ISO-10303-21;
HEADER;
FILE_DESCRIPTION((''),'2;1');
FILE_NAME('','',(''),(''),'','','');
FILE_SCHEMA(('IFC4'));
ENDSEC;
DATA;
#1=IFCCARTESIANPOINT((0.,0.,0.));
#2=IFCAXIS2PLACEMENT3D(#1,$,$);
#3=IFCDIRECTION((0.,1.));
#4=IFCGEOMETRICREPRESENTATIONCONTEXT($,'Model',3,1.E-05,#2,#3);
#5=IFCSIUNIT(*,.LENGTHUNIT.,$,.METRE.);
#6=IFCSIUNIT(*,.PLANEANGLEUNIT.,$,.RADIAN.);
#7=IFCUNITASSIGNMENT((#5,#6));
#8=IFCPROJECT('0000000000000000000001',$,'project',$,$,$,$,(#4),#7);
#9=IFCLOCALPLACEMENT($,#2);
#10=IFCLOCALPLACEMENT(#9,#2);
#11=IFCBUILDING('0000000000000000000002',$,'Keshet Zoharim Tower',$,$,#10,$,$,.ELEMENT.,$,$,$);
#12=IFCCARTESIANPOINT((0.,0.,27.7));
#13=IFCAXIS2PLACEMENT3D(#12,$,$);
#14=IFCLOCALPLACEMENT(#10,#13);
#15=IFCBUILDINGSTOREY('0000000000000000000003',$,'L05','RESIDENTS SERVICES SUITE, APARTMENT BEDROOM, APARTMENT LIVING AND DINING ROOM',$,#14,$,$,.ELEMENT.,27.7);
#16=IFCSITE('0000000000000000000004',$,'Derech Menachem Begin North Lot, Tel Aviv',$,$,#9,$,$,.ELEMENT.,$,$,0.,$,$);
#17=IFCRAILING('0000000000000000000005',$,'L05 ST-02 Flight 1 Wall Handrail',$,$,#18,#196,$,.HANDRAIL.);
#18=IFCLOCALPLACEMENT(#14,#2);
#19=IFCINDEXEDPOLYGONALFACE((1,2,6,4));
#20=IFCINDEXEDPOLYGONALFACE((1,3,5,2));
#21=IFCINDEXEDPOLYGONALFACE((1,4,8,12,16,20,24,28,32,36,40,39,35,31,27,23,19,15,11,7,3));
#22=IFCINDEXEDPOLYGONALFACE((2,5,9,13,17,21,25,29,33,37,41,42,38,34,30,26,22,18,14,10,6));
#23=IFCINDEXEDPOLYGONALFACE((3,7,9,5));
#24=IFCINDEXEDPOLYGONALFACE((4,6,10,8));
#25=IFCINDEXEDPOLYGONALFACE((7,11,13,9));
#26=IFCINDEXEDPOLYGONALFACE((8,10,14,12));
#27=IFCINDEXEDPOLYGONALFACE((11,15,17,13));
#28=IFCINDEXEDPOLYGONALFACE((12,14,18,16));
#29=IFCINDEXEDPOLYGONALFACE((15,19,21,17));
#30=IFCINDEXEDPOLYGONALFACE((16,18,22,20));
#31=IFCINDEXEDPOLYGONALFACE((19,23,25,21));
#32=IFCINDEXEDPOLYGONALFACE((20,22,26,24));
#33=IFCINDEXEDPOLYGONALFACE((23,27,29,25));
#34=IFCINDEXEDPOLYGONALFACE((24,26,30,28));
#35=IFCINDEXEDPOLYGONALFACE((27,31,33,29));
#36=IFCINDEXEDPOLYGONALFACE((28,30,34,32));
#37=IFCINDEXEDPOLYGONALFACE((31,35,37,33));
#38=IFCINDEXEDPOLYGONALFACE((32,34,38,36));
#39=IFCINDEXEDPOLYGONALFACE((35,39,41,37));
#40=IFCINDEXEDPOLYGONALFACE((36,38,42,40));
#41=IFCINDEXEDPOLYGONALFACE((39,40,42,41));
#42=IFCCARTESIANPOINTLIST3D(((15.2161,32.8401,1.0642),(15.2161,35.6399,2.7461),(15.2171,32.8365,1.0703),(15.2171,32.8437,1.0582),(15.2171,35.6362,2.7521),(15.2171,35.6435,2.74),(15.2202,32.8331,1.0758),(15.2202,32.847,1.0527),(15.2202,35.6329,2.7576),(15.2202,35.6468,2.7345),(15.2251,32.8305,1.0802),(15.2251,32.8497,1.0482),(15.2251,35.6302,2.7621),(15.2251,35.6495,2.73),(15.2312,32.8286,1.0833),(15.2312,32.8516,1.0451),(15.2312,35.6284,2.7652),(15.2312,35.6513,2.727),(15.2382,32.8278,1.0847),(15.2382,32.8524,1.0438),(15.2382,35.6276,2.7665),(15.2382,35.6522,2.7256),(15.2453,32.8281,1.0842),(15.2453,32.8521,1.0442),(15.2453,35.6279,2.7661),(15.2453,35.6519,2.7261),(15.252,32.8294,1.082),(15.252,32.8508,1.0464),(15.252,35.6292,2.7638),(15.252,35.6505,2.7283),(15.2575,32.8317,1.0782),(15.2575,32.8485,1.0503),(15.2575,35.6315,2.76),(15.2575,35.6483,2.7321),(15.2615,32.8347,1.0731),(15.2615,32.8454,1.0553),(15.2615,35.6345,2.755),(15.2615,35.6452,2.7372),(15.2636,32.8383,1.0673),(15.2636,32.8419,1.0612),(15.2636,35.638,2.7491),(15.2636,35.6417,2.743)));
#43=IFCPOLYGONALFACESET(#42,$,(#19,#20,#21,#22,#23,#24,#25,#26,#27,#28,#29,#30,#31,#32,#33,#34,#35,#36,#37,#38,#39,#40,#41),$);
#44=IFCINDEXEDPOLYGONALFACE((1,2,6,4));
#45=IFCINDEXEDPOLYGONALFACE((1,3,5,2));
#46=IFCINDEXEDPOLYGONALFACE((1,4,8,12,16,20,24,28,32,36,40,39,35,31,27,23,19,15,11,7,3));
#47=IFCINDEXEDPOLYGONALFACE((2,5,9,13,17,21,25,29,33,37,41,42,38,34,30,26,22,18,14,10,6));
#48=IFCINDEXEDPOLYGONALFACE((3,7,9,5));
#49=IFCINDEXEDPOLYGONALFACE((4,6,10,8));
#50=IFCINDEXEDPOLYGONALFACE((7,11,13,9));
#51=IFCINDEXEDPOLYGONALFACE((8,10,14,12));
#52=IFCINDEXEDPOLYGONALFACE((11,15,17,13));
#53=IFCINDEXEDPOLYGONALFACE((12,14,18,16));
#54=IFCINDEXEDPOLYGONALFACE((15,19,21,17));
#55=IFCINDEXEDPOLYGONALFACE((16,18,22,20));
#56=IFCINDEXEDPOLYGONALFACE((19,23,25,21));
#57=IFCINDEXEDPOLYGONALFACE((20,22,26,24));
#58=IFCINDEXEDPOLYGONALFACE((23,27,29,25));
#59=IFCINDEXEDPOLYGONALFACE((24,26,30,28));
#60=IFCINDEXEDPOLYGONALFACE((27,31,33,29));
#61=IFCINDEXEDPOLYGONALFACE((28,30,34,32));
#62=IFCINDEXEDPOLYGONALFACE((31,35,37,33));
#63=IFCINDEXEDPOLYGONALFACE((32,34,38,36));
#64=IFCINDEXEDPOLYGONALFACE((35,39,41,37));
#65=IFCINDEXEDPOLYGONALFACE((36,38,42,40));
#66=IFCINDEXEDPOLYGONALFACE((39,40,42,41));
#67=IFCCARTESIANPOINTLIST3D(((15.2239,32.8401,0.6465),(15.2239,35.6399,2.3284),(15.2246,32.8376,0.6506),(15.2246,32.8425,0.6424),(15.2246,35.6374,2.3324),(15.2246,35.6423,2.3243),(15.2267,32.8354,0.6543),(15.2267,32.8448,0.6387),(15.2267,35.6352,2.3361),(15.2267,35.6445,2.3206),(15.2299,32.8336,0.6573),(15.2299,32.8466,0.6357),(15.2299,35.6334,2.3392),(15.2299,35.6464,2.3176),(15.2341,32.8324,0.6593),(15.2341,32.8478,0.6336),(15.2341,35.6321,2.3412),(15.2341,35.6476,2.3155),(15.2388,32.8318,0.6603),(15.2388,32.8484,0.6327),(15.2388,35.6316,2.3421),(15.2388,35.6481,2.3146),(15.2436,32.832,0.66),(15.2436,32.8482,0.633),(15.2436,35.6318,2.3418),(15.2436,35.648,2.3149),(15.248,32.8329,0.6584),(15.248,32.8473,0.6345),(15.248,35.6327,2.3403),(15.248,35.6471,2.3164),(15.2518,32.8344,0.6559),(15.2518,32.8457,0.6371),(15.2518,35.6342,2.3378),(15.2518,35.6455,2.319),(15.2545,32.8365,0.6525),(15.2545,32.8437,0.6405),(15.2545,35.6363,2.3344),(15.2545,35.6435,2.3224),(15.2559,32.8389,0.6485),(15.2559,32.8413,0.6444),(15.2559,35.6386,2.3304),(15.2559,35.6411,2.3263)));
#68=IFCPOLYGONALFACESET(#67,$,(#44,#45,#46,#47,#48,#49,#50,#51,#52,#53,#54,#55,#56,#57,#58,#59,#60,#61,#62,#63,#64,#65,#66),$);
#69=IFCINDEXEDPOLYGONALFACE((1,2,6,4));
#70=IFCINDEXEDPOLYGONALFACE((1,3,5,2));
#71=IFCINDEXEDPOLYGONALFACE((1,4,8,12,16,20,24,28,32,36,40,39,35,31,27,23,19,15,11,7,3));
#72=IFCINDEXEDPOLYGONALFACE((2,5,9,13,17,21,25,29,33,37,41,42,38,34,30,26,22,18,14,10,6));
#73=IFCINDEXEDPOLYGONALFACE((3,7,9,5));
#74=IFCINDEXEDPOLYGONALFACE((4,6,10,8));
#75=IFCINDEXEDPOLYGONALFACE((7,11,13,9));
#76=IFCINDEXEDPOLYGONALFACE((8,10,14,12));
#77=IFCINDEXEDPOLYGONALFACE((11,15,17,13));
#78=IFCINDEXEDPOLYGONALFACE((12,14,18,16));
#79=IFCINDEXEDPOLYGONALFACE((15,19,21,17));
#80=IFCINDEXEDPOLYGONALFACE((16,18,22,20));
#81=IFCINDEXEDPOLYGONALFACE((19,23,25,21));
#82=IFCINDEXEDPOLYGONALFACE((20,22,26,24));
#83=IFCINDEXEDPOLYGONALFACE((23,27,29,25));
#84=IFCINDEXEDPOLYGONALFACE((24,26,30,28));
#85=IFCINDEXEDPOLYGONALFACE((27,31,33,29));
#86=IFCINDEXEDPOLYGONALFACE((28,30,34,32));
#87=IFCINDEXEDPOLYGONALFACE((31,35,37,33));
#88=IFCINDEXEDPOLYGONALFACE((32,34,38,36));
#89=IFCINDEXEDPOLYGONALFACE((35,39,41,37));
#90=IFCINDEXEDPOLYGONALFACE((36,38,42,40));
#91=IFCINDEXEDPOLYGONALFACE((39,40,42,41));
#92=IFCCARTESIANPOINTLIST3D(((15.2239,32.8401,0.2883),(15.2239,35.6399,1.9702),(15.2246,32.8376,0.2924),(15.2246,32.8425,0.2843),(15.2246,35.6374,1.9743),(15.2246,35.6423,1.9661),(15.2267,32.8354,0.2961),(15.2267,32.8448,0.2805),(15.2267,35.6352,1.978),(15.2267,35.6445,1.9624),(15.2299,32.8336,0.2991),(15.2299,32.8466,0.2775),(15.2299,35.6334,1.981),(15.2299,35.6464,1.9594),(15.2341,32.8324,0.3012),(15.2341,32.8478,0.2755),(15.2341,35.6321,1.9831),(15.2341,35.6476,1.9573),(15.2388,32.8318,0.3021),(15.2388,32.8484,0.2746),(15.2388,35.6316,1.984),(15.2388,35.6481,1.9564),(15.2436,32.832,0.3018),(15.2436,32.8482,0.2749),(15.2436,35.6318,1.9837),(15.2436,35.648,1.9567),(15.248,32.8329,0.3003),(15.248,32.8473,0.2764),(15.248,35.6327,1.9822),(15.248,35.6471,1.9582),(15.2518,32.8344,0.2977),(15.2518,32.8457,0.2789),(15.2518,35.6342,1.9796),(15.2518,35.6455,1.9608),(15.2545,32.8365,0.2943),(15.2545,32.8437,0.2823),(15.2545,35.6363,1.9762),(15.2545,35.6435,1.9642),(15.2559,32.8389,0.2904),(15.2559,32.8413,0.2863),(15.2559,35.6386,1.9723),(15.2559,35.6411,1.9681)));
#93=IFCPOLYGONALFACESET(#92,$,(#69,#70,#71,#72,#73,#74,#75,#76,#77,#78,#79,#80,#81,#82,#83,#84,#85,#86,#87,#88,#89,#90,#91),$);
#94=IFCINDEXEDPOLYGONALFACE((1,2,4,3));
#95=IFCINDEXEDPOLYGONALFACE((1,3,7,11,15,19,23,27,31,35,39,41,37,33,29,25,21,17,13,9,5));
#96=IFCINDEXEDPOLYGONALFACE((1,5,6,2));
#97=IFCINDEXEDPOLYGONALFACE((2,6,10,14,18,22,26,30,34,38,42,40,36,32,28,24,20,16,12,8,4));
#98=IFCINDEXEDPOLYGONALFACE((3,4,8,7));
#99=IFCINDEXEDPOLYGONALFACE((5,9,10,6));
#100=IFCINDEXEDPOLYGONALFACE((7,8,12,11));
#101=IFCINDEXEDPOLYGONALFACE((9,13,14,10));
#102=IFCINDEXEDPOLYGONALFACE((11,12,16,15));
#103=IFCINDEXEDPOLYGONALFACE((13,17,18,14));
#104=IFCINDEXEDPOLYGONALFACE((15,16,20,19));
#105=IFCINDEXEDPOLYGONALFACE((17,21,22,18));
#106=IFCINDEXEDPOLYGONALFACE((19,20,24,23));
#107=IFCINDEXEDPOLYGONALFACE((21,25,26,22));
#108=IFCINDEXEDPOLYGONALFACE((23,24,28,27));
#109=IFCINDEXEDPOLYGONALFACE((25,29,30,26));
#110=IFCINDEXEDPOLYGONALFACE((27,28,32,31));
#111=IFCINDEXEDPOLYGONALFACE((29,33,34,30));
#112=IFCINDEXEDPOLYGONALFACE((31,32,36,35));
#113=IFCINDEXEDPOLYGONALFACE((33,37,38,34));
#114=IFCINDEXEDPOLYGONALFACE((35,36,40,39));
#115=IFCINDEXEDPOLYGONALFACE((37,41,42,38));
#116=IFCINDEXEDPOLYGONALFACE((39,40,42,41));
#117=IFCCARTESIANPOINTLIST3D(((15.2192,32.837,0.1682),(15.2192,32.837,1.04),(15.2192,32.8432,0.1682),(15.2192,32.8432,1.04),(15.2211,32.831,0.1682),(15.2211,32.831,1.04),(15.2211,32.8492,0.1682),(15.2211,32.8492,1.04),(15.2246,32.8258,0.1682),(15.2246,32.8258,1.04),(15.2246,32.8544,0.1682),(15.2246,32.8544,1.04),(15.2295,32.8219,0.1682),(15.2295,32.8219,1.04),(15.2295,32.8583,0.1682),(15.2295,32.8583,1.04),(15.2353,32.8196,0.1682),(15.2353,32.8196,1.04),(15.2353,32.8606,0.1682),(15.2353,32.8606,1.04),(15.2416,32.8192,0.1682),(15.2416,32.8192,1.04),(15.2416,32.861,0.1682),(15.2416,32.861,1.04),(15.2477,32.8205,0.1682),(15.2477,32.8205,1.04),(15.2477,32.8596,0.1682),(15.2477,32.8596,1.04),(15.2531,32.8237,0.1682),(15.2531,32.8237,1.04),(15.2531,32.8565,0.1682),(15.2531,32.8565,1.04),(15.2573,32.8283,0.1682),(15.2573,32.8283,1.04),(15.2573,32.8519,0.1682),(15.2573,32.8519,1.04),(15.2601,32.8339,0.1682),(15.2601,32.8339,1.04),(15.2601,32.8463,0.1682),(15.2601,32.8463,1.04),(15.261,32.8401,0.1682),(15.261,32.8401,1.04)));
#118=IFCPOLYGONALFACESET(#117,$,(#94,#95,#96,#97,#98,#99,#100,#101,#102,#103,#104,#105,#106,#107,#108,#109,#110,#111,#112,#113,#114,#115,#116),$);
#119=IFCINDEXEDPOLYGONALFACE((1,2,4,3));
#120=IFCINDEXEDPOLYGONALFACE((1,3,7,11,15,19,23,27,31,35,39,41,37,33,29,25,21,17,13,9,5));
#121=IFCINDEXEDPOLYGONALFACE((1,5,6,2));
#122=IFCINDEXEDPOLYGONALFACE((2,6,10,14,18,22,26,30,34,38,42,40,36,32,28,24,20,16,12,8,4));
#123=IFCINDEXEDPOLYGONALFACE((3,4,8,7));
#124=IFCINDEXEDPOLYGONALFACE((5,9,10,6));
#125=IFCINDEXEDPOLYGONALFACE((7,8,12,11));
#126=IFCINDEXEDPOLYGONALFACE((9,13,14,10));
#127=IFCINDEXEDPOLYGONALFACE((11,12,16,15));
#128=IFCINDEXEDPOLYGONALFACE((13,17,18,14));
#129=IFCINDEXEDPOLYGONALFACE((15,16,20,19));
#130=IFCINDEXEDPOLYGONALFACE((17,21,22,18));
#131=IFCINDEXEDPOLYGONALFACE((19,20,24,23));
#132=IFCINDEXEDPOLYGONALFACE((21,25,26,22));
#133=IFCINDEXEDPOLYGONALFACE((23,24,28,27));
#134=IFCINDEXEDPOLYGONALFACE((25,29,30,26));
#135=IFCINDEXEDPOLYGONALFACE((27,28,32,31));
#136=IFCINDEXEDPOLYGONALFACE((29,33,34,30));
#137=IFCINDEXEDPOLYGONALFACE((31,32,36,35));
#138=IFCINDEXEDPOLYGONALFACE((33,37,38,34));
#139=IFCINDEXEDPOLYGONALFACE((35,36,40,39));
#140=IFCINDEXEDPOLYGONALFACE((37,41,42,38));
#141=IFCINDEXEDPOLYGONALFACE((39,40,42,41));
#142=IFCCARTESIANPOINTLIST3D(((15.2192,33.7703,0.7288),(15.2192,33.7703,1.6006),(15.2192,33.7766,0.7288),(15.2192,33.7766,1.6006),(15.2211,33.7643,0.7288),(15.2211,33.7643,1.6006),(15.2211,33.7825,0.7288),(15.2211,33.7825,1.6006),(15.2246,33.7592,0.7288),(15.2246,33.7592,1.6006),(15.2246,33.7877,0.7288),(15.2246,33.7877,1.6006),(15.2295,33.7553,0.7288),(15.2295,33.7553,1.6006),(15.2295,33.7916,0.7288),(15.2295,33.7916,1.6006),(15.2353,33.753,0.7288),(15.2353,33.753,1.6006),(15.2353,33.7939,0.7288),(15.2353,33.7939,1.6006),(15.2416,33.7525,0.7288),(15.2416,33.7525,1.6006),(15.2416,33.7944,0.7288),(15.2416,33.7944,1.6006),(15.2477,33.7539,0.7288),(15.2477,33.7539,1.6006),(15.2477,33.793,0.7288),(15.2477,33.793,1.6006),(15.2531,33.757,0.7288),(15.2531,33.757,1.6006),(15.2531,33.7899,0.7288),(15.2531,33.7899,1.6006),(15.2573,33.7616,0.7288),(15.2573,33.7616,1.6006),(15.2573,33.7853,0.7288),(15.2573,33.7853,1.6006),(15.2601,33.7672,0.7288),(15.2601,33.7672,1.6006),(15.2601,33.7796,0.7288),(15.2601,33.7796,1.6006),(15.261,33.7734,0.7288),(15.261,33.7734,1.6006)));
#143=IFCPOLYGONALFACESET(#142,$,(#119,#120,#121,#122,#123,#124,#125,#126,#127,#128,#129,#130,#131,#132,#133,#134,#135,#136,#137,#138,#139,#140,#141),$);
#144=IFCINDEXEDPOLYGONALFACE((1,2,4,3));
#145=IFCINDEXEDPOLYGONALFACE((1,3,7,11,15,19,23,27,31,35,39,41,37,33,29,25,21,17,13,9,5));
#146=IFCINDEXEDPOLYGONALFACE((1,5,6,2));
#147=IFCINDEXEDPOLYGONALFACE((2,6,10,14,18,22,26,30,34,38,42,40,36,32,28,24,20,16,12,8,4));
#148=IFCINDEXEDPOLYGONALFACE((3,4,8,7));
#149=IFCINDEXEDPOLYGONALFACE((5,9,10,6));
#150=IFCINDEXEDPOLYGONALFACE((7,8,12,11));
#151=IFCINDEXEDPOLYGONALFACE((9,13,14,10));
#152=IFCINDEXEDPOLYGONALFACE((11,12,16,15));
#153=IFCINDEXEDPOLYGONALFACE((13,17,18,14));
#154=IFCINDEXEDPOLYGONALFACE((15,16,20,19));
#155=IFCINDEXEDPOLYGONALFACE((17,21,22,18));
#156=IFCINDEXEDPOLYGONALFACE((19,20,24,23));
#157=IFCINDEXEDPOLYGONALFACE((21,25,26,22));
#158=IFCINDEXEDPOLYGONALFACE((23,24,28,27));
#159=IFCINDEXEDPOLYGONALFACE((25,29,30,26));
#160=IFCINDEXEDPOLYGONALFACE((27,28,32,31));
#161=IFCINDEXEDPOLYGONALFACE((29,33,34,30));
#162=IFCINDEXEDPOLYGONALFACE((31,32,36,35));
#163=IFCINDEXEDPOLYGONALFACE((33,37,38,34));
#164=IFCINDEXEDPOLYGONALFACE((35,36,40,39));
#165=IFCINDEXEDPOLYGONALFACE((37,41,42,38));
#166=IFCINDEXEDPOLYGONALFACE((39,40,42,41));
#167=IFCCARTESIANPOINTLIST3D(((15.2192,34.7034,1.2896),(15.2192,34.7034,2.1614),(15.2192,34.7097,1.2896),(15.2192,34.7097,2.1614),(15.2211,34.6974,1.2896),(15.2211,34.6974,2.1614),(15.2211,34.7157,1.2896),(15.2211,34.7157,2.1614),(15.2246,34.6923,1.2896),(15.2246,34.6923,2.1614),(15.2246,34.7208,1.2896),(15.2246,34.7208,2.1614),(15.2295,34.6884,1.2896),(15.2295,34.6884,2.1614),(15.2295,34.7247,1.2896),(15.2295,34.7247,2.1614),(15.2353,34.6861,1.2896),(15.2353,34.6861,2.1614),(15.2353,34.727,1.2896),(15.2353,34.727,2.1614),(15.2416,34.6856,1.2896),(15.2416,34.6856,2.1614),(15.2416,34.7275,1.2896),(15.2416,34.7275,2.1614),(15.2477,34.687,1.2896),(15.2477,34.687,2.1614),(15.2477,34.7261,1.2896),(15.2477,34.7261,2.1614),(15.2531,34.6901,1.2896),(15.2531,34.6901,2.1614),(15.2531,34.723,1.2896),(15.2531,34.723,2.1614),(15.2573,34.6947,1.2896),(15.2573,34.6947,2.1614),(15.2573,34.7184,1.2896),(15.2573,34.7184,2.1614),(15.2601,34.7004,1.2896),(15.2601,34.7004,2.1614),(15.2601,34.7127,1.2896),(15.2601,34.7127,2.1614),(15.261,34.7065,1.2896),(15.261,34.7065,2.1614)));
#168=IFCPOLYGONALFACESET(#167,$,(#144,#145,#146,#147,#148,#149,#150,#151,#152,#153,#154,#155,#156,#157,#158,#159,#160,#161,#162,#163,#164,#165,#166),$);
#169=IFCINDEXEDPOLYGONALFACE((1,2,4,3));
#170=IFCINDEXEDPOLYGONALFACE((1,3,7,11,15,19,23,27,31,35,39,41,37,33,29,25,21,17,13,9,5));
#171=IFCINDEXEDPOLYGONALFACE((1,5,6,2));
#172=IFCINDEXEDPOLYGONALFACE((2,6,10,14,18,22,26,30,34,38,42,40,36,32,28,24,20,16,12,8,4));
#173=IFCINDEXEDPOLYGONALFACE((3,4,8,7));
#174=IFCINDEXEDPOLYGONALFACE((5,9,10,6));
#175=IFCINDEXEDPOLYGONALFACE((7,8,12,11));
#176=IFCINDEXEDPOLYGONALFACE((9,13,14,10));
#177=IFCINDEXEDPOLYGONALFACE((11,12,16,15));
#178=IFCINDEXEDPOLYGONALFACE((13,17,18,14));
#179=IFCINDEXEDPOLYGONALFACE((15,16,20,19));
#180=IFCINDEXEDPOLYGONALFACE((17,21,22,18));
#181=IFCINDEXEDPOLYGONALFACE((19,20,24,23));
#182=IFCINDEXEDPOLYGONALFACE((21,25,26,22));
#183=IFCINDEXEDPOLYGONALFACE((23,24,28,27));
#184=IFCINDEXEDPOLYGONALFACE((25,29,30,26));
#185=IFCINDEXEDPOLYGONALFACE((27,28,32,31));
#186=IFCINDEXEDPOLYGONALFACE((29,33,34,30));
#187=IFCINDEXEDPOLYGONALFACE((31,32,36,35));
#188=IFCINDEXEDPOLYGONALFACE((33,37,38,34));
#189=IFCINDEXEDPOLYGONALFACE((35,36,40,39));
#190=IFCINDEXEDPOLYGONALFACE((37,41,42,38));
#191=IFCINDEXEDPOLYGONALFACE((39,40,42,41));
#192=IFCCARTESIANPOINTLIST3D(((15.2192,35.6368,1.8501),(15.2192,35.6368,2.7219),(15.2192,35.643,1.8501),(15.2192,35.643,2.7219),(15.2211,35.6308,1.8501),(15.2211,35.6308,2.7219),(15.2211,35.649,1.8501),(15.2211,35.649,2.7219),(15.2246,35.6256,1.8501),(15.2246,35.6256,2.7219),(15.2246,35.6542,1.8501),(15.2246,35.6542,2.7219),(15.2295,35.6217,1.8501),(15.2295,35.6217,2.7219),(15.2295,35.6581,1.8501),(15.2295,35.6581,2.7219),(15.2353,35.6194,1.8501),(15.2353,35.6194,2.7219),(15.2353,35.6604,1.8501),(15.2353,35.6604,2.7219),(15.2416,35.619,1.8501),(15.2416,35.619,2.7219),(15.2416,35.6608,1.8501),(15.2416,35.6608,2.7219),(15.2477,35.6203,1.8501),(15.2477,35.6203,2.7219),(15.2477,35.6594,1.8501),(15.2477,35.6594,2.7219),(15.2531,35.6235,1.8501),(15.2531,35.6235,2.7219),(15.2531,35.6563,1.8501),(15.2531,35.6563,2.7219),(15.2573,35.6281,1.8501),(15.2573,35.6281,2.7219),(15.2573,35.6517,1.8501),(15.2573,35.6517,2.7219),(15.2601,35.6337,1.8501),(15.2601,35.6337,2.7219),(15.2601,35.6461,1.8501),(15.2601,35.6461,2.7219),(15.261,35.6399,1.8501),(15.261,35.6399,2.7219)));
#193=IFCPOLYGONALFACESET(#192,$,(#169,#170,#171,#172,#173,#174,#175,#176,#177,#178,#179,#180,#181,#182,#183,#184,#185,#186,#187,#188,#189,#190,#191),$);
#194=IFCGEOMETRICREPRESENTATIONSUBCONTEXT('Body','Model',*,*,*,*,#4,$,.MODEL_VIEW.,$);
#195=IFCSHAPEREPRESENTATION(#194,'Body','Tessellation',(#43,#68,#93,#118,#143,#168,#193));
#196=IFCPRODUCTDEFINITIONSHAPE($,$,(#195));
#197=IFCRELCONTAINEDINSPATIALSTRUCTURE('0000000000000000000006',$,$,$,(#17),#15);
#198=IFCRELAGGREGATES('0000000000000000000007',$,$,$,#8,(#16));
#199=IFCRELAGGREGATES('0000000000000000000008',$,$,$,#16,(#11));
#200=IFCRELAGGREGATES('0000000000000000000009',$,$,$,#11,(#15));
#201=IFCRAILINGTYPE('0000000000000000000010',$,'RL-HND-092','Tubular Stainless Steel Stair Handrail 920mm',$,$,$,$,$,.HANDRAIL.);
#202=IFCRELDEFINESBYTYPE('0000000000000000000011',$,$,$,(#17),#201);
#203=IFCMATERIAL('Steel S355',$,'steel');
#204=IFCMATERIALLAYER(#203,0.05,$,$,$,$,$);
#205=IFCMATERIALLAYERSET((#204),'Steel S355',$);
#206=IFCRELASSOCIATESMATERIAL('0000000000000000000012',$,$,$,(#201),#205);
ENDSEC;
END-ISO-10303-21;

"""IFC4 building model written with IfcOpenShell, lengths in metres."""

from ifc_helpers import new_model, si_unit, direction, frame, origin, origin_2d, place, context, subcontext, project, spatial, circle, extrude, material, layer, layer_set, type_object, element, save


model = new_model("IFC4")

# Units and contexts
model_context = context("Model", 3, precision=1e-05, world=origin(), true_north=direction((0.0, 1.0)))
body_context = subcontext(model_context, "Body", "Model", "MODEL_VIEW")
ifc_project = project(units=[si_unit("LENGTHUNIT", "METRE"), si_unit("PLANEANGLEUNIT", "RADIAN")], contexts=[model_context])

# Site, building, storey
site_placement = place(None, origin())
site = spatial("IfcSite", under=ifc_project, at=site_placement, Name="Derech Menachem Begin North Lot, Tel Aviv", CompositionType="ELEMENT", RefElevation=0.0)
building_placement = place(site_placement, origin())
building = spatial("IfcBuilding", under=site, at=building_placement, Name="Keshet Zoharim Tower", CompositionType="ELEMENT")
storey_placement = place(building_placement, frame((0.0, 0.0, 27.7)))
storey = spatial("IfcBuildingStorey", under=building, at=storey_placement, Name="L05", Description="RESIDENTS SERVICES SUITE, APARTMENT BEDROOM, APARTMENT LIVING AND DINING ROOM", CompositionType="ELEMENT", Elevation=27.7)

# Railing
ifc_material_1 = material(Name="Steel S355", Category="steel")
ifc_layer_1 = layer(ifc_material_1, 0.05)
ifc_layer_set_1 = layer_set([ifc_layer_1], Name="Steel S355")
railing_type_1 = type_object("IfcRailingType", Name="RL-HND-092", Description="Tubular Stainless Steel Stair Handrail 920mm", PredefinedType="HANDRAIL", material=ifc_layer_set_1)
railing_1_placement = place(storey_placement, frame((15.24, 32.8401, 0.1682)))
element("IfcRailing", 1, at=railing_1_placement, inside=storey, type_object=railing_type_1, Name="L05 ST-02 Flight 1 Wall Handrail", PredefinedType="HANDRAIL", context=body_context, shape_type="SweptSolid", body=[
    extrude(circle(Radius=0.0239, at=origin_2d()), frame((0.0, 0.0, 0.896), z_axis=(0.0, 0.857222, 0.514946), x_axis=(-1.0, 0.0, 0.0)), (0.0, 0.0, 1.0), 3.2661),
    extrude(circle(Radius=0.0161, at=origin_2d()), frame((0.0, 0.0, 0.4783), z_axis=(0.0, 0.857222, 0.514946), x_axis=(-1.0, 0.0, 0.0)), (0.0, 0.0, 1.0), 3.2661),
    extrude(circle(Radius=0.0161, at=origin_2d()), frame((0.0, 0.0, 0.1201), z_axis=(0.0, 0.857222, 0.514946), x_axis=(-1.0, 0.0, 0.0)), (0.0, 0.0, 1.0), 3.2661),
    extrude(circle(Radius=0.021, at=origin_2d()), origin(), (0.0, 0.0, 1.0), 0.8718),
    extrude(circle(Radius=0.021, at=origin_2d()), frame((0.0, 0.9333, 0.5605)), (0.0, 0.0, 1.0), 0.8718),
    extrude(circle(Radius=0.021, at=origin_2d()), frame((0.0, 1.8665, 1.1213)), (0.0, 0.0, 1.0), 0.8718),
    extrude(circle(Radius=0.021, at=origin_2d()), frame((0.0, 2.7998, 1.6819)), (0.0, 0.0, 1.0), 0.8718),
])

save(model, "model.ifc")
